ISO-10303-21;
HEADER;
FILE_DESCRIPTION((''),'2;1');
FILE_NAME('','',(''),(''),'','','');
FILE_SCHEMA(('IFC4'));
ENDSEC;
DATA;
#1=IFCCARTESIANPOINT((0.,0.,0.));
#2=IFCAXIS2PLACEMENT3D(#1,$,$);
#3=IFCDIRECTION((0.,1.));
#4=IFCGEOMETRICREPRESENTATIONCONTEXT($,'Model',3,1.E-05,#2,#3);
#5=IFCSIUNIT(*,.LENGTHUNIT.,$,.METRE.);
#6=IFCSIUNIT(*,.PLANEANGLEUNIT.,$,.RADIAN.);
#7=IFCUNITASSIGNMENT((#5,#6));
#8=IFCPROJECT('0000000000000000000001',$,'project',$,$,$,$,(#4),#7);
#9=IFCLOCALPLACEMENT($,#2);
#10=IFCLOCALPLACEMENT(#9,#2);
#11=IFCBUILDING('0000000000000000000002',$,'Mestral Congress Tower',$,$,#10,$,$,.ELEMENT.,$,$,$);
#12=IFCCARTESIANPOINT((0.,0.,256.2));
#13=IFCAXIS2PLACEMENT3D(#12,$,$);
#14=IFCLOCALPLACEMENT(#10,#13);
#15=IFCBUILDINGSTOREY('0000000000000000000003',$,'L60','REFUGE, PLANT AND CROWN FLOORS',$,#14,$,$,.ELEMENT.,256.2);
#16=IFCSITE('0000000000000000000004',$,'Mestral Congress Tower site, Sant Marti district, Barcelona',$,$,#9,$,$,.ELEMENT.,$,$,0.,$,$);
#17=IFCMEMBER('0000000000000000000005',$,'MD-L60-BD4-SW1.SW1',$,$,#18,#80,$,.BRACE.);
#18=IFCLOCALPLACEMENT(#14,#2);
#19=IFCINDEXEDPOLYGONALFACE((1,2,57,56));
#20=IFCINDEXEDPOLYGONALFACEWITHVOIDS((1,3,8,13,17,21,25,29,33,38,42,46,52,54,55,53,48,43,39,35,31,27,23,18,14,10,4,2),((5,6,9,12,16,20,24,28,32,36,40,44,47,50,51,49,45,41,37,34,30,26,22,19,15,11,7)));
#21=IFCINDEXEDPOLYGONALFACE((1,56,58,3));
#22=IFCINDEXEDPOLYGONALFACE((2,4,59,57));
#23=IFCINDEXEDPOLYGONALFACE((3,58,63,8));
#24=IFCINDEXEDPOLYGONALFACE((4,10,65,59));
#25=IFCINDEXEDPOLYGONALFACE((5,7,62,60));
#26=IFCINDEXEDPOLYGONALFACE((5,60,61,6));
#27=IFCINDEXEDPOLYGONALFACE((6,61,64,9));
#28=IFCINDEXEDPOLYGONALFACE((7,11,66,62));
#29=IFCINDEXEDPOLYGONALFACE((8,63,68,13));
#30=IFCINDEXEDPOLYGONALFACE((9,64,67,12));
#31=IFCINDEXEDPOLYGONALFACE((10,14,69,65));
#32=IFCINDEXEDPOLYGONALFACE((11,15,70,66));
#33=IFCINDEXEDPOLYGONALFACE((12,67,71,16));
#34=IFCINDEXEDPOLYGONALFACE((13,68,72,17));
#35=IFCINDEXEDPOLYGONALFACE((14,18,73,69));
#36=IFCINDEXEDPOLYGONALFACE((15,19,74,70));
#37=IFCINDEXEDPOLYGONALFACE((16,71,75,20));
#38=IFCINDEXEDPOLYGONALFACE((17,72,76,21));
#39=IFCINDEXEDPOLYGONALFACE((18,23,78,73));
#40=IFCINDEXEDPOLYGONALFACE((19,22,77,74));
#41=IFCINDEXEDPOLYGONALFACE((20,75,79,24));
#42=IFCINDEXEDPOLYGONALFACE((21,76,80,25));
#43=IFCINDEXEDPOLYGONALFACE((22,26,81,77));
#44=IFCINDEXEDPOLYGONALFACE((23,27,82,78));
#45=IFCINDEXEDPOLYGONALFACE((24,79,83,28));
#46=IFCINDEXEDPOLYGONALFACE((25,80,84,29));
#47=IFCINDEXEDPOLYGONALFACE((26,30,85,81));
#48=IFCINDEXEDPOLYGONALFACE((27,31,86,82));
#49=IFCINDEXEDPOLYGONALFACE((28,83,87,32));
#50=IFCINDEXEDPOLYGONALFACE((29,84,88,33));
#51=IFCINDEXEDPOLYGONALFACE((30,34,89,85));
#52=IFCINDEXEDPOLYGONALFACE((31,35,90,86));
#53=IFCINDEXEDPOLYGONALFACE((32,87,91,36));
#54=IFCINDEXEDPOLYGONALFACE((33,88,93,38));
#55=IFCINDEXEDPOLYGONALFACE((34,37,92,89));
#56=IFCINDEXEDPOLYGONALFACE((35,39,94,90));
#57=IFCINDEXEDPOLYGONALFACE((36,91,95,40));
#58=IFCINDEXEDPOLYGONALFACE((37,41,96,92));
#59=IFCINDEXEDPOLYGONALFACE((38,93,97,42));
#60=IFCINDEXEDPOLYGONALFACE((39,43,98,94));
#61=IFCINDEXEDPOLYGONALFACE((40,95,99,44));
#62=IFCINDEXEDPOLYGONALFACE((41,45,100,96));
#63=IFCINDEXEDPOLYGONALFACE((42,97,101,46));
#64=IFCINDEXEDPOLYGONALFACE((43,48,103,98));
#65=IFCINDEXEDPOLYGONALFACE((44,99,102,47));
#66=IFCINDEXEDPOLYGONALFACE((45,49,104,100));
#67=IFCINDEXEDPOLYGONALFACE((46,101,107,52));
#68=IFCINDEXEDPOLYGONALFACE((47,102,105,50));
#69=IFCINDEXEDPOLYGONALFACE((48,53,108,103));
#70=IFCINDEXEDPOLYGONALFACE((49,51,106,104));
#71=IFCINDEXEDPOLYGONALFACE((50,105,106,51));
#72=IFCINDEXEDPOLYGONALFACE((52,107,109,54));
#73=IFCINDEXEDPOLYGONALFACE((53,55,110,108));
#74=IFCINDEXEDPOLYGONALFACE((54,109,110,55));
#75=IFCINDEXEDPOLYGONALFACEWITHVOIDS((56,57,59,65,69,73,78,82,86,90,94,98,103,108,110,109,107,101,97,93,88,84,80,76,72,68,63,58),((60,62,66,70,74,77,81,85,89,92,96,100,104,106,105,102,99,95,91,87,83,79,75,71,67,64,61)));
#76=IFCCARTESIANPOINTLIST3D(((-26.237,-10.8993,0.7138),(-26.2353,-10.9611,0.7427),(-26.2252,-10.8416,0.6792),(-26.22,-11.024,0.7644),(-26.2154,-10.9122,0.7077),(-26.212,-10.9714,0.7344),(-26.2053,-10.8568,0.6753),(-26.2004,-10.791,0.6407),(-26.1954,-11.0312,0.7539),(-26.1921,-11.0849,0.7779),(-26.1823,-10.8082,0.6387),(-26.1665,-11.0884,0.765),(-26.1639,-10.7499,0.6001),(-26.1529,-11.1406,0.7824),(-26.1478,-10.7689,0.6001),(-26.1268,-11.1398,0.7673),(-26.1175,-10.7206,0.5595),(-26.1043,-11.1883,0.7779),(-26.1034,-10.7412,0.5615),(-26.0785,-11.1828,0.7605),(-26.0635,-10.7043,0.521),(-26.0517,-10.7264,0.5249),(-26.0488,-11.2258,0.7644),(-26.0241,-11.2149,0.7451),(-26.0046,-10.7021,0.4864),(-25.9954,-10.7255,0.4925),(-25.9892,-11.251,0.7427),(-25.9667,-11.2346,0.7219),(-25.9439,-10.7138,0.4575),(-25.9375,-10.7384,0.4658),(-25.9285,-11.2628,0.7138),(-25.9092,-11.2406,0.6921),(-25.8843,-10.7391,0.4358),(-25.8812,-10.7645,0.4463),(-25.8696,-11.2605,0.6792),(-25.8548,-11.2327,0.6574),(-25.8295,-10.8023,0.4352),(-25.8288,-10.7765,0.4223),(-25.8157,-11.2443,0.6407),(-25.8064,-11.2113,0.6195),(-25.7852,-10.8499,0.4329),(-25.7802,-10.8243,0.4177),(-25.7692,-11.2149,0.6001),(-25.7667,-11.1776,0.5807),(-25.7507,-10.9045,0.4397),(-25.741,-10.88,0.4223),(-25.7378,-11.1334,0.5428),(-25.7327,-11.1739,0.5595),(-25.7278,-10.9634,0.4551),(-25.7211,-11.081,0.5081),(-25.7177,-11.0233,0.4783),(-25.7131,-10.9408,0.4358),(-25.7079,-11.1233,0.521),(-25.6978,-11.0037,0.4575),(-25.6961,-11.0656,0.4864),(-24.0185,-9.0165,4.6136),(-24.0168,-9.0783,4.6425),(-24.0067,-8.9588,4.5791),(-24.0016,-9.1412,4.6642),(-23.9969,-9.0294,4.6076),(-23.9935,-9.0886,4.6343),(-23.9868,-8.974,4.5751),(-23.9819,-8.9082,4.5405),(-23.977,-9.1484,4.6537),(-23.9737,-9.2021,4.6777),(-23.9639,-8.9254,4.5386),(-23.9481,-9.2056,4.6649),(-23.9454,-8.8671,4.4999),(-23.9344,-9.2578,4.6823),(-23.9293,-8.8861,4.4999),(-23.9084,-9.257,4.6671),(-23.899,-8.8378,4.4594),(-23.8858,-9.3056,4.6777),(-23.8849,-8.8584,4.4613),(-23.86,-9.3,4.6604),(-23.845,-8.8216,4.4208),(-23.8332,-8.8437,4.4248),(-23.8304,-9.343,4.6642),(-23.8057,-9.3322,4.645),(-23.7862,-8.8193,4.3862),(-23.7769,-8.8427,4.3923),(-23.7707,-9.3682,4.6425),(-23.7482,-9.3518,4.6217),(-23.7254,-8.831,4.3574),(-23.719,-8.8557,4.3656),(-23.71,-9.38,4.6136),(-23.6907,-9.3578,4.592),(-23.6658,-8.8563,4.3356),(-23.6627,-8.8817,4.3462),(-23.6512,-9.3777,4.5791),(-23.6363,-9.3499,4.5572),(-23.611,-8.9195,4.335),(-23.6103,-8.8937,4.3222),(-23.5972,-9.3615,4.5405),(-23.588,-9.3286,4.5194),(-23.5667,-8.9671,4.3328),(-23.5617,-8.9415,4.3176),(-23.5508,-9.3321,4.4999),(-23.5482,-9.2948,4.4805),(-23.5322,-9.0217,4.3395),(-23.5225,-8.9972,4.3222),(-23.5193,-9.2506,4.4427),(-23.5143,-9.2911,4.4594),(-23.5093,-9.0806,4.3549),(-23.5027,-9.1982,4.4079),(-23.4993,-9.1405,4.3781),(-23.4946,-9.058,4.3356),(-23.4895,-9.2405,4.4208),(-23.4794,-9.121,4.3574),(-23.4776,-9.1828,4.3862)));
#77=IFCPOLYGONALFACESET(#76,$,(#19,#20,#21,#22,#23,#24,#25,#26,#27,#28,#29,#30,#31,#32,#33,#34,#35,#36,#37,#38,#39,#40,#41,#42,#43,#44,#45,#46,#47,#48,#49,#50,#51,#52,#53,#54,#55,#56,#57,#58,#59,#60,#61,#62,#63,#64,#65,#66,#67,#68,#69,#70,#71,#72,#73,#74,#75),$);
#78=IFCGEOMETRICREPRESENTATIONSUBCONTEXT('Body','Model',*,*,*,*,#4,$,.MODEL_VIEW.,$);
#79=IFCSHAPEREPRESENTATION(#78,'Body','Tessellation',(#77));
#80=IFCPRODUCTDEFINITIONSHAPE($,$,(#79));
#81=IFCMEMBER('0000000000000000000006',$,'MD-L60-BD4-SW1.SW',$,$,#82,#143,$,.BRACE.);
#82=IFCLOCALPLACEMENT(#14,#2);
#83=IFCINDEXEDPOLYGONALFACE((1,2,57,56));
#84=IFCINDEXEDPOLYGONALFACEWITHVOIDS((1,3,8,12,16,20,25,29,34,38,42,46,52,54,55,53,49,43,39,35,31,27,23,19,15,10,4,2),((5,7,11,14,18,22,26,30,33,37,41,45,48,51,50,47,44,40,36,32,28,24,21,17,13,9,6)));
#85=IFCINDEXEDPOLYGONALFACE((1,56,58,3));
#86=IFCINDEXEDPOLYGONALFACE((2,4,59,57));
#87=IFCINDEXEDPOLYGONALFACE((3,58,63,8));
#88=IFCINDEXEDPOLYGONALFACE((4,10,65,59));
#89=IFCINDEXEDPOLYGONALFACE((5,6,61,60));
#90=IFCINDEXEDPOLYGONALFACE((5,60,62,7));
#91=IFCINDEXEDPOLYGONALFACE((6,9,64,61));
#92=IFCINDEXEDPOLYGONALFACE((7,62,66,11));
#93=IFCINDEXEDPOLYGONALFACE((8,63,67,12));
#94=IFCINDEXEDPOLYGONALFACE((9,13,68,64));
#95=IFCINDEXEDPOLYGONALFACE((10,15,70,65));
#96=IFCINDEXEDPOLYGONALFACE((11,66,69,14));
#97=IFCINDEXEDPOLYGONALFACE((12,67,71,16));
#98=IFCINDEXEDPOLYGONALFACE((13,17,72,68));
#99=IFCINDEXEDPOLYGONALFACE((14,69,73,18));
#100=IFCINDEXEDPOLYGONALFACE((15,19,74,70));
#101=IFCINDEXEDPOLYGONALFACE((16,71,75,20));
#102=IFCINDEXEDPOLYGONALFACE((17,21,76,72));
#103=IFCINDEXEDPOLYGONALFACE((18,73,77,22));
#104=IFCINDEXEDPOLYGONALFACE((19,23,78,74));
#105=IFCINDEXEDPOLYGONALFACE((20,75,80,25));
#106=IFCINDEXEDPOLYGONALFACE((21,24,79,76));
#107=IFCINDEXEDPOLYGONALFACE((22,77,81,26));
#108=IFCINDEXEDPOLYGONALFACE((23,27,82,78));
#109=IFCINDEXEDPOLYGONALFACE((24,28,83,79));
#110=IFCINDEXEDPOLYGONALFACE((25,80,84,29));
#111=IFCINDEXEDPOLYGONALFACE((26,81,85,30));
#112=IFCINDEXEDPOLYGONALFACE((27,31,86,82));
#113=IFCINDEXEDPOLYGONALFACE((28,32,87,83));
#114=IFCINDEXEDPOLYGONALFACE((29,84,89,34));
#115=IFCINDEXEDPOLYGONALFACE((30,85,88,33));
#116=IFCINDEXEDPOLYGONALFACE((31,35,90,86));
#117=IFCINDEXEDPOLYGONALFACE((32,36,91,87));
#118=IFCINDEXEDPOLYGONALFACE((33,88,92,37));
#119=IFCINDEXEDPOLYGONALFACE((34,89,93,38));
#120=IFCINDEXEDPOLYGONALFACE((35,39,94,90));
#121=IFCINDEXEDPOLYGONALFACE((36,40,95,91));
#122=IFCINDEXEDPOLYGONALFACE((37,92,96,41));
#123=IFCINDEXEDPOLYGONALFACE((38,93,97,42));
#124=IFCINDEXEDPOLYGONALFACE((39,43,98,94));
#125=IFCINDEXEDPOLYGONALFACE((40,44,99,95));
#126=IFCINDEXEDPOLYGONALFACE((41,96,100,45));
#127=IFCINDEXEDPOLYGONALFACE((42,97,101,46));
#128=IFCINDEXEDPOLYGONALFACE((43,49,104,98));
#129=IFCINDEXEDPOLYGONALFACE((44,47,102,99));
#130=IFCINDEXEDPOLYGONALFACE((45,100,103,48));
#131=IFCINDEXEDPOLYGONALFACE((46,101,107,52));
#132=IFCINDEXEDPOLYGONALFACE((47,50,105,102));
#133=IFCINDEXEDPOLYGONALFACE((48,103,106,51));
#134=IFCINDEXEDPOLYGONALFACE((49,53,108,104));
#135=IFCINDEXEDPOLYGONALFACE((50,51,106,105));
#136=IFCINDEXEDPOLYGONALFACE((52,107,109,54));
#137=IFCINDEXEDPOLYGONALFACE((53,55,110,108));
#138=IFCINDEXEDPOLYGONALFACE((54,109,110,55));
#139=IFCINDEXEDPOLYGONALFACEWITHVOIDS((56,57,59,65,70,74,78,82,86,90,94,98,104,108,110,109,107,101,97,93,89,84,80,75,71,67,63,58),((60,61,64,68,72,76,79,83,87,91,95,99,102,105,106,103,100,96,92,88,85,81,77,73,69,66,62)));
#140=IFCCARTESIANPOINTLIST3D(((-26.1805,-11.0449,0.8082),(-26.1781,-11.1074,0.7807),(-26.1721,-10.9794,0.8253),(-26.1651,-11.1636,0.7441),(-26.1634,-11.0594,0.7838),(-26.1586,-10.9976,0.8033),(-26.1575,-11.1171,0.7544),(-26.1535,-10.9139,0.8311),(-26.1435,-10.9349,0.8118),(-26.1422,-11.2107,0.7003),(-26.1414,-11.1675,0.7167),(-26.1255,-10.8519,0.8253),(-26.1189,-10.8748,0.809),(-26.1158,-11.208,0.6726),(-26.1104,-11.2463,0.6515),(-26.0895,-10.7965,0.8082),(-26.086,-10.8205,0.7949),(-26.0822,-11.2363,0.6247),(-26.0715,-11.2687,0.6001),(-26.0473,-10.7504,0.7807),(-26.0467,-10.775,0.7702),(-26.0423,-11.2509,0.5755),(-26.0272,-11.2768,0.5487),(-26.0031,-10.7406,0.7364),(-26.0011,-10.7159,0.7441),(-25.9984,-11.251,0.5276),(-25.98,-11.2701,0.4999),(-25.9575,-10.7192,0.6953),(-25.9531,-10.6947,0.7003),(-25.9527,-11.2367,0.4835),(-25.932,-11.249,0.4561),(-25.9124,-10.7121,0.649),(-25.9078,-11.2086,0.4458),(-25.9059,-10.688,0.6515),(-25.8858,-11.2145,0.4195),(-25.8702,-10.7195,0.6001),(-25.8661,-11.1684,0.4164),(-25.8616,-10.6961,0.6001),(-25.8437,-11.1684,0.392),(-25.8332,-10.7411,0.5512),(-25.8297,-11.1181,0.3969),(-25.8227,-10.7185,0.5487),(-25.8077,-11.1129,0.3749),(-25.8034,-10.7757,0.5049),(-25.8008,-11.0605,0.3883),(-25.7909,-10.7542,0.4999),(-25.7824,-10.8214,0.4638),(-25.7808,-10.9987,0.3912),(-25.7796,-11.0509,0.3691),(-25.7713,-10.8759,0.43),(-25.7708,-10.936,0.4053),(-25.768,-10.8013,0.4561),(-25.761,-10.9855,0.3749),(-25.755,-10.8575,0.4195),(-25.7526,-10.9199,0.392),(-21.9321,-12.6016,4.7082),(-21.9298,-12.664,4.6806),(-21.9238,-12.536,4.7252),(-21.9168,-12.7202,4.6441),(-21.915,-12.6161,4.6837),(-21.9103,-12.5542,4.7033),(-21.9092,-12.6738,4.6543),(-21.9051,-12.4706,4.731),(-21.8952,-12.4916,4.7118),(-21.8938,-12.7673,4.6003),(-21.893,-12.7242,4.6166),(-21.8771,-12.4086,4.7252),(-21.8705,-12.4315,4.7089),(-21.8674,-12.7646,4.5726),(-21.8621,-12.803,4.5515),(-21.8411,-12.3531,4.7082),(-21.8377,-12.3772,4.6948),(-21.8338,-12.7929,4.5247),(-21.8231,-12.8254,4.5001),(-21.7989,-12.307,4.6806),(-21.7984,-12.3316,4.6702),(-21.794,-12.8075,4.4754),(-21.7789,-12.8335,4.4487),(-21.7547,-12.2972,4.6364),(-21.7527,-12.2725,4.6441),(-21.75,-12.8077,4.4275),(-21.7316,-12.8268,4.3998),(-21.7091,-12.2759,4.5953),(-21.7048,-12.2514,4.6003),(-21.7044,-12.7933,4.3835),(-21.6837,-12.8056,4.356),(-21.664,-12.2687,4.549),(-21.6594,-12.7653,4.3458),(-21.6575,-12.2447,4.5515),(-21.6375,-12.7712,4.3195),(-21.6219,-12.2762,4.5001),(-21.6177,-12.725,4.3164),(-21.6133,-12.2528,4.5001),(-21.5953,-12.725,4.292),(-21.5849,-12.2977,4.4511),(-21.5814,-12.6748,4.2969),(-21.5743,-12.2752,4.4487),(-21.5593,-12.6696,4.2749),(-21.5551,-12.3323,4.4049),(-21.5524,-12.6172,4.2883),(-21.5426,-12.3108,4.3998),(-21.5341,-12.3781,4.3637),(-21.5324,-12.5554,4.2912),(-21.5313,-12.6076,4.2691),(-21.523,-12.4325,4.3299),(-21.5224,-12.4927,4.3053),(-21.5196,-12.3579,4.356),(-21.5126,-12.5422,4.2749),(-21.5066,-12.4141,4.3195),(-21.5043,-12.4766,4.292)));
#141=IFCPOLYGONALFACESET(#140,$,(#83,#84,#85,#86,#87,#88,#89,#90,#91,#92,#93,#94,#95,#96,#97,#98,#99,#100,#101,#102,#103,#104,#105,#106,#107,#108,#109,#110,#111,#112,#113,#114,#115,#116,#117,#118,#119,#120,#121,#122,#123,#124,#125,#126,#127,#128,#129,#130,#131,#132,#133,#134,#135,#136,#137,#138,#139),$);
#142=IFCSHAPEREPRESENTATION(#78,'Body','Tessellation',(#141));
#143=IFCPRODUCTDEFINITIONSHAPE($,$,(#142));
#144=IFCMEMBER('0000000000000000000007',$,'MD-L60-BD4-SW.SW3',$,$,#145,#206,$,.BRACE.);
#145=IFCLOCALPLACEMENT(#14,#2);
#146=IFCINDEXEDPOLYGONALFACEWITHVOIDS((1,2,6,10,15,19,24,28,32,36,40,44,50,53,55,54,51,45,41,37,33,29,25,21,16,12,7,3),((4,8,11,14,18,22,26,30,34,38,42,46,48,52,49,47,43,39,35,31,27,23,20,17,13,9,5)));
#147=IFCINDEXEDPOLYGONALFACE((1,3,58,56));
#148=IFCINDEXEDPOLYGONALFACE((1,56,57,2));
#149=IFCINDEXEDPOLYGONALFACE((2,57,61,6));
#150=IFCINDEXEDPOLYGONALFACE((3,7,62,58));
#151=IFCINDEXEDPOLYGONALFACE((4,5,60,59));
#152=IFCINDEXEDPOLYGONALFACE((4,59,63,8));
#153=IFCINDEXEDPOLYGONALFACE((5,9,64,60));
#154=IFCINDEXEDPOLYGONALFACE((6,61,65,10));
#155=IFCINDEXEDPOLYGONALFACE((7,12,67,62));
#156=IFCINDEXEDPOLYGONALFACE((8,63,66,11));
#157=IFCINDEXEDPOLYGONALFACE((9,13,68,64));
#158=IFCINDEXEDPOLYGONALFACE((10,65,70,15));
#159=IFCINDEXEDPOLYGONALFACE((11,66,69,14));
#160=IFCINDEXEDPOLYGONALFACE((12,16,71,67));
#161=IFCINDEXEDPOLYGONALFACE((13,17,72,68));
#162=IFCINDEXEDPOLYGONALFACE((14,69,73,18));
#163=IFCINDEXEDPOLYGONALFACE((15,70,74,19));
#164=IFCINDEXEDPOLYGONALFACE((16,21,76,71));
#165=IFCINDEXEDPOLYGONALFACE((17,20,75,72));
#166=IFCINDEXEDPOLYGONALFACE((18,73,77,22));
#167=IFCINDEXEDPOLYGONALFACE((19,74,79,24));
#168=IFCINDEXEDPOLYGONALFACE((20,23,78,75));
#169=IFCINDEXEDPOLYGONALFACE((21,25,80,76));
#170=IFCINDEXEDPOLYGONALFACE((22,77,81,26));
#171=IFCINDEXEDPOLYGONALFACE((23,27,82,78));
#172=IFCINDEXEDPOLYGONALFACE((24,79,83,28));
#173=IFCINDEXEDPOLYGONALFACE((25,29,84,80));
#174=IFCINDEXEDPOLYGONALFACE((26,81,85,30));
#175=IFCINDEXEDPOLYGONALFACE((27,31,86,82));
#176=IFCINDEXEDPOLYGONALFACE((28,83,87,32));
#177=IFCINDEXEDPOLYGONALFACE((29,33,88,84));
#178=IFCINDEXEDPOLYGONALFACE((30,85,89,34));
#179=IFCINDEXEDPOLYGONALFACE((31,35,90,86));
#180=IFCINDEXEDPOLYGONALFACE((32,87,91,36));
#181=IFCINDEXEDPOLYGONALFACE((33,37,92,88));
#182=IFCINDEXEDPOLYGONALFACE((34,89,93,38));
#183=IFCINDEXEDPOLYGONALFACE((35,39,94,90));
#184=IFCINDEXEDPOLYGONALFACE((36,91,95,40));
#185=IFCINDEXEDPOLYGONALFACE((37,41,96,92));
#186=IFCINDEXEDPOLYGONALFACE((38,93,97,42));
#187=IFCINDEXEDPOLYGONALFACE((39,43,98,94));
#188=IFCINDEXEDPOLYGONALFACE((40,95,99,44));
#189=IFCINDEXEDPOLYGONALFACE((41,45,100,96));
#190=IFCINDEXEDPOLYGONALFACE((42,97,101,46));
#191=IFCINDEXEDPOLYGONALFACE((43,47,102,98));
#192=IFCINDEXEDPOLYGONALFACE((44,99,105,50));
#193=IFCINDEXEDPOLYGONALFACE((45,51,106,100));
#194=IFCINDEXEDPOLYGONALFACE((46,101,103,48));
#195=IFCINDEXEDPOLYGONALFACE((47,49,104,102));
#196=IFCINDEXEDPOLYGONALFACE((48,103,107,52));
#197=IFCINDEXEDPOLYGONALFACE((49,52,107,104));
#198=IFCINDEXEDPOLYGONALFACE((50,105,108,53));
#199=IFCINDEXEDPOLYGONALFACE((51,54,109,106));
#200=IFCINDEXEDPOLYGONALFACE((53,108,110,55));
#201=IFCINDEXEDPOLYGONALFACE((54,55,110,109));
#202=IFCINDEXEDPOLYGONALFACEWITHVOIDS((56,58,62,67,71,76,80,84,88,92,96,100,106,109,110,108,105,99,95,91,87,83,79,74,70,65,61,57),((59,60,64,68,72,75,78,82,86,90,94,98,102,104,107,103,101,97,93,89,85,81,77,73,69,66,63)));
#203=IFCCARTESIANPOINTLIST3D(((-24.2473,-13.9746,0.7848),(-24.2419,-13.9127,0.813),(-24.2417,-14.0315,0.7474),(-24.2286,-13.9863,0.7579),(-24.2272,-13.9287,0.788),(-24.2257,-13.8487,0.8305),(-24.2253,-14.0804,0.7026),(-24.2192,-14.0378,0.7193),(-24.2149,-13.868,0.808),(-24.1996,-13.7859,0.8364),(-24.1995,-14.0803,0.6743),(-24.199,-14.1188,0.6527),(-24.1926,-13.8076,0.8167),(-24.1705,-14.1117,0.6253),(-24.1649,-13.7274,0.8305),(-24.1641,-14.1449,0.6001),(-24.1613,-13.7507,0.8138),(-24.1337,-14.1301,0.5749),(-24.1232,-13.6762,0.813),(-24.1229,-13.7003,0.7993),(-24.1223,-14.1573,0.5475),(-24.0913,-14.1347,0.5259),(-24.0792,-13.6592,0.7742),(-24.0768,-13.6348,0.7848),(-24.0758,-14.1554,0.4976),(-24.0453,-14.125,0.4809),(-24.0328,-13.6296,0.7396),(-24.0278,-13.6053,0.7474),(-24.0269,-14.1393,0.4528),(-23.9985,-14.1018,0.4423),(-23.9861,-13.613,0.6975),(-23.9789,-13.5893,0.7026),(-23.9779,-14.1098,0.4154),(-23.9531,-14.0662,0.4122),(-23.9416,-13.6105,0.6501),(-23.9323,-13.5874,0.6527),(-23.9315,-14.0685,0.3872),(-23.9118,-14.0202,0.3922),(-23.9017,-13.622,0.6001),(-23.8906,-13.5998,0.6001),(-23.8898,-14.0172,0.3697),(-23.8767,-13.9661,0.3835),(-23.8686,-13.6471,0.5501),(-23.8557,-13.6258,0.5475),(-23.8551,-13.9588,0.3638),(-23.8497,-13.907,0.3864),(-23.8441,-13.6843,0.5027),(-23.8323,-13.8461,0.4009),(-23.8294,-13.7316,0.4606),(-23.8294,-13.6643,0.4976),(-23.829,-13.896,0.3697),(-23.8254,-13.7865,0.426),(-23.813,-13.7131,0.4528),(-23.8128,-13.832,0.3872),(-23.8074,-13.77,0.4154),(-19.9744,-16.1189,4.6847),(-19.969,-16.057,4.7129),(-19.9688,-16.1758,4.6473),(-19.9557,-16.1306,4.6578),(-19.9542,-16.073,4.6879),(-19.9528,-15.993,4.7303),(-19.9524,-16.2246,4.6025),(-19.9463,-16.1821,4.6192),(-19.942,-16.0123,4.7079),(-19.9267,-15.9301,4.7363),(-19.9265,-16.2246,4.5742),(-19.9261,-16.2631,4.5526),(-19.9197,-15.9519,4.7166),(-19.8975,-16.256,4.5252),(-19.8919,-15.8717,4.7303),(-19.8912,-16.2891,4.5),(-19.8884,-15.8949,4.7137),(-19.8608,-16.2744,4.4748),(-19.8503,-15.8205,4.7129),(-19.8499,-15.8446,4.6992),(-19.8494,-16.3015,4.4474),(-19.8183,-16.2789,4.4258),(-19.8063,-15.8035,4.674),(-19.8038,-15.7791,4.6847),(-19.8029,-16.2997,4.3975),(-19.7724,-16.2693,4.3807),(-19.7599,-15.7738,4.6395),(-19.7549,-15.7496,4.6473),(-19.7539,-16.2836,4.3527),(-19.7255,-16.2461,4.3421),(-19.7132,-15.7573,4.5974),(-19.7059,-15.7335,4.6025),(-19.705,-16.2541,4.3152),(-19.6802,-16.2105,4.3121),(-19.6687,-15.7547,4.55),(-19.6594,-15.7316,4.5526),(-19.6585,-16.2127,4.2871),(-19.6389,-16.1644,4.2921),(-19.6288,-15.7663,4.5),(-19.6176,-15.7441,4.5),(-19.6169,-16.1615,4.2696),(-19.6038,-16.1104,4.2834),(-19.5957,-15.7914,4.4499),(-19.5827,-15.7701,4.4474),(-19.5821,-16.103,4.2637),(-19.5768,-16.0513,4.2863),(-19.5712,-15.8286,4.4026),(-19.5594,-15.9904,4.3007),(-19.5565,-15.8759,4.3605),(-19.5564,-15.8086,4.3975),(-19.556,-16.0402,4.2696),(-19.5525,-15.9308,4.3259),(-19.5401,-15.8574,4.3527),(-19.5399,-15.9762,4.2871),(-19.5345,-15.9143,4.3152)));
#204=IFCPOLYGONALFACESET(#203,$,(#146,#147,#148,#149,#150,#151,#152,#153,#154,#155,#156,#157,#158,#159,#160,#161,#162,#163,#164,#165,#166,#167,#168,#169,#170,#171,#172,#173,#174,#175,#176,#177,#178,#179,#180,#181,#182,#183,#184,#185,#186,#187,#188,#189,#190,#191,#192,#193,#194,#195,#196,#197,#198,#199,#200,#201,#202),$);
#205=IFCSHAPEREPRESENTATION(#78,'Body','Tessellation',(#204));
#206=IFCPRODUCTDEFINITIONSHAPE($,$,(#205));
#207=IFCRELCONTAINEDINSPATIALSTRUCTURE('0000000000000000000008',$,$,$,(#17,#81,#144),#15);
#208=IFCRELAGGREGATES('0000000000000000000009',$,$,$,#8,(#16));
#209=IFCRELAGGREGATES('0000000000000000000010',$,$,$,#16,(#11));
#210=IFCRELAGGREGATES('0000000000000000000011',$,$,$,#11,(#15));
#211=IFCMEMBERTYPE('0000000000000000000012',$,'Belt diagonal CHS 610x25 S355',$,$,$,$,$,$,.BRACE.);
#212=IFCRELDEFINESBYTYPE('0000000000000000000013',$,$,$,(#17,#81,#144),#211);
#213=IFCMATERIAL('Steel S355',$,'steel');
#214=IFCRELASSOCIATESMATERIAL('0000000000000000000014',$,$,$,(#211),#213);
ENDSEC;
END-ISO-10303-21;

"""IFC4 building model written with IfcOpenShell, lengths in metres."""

from ifc_helpers import new_model, si_unit, direction, frame, origin, origin_2d, place, context, subcontext, project, spatial, hollow_circle, extrude, material, material_profile, profile_set, type_object, element, save


model = new_model("IFC4")

# Units and contexts
model_context = context("Model", 3, precision=1e-05, world=origin(), true_north=direction((0.0, 1.0)))
body_context = subcontext(model_context, "Body", "Model", "MODEL_VIEW")
ifc_project = project(units=[si_unit("LENGTHUNIT", "METRE"), si_unit("PLANEANGLEUNIT", "RADIAN")], contexts=[model_context])

# Site, building, storey
site_placement = place(None, origin())
site = spatial("IfcSite", under=ifc_project, at=site_placement, Name="Mestral Congress Tower site, Sant Marti district, Barcelona", CompositionType="ELEMENT", RefElevation=0.0)
building_placement = place(site_placement, origin())
building = spatial("IfcBuilding", under=site, at=building_placement, Name="Mestral Congress Tower", CompositionType="ELEMENT")
storey_placement = place(building_placement, frame((0.0, 0.0, 256.2)))
storey = spatial("IfcBuildingStorey", under=building, at=storey_placement, Name="L60", Description="REFUGE, PLANT AND CROWN FLOORS", CompositionType="ELEMENT", Elevation=256.2)

# Members
ifc_material_1 = material(Name="Steel S355", Category="steel")
ifc_material_profile_1 = material_profile(ifc_material_1, hollow_circle(Radius=0.3049, WallThickness=0.0249, at=origin_2d()), Name="CHS 610x25")
ifc_profile_set_1 = profile_set([ifc_material_profile_1], Name="Steel S355")
member_type_1 = type_object("IfcMemberType", Name="Belt diagonal CHS 610x25 S355", PredefinedType="BRACE", material=ifc_profile_set_1)
member_1_placement = place(storey_placement, frame((-25.9666, -10.9824, 0.6001), z_axis=(0.455939, 0.386948, 0.801493), x_axis=(-0.647066, 0.762434, 0.0)))
element("IfcMember", 1, at=member_1_placement, inside=storey, type_object=member_type_1, Name="MD-L60-BD4-SW1.SW1", PredefinedType="BRACE", context=body_context, shape_type="SweptSolid", body=[
    extrude(hollow_circle(Radius=0.3049, WallThickness=0.0249, at=origin_2d()), origin(), (0.0, 0.0, 1.0), 4.8657),
])
member_2_placement = place(storey_placement, frame((-25.9666, -10.9824, 0.6001), z_axis=(0.711213, -0.2606, 0.652889), x_axis=(0.344047, 0.938952, 0.0)))
element("IfcMember", 2, at=member_2_placement, inside=storey, type_object=member_type_1, Name="MD-L60-BD4-SW1.SW", PredefinedType="BRACE", context=body_context, shape_type="SweptSolid", body=[
    extrude(hollow_circle(Radius=0.3049, WallThickness=0.0249, at=origin_2d()), origin(), (0.0, 0.0, 1.0), 5.9734),
])
member_3_placement = place(storey_placement, frame((-24.0273, -13.8723, 0.6001), z_axis=(0.692569, -0.347551, 0.632105), x_axis=(0.44852, 0.893773, 0.0)))
element("IfcMember", 3, at=member_3_placement, inside=storey, type_object=member_type_1, Name="MD-L60-BD4-SW.SW3", PredefinedType="BRACE", context=body_context, shape_type="SweptSolid", body=[
    extrude(hollow_circle(Radius=0.3049, WallThickness=0.0249, at=origin_2d()), origin(), (0.0, 0.0, 1.0), 6.1697),
])

save(model, "model.ifc")
